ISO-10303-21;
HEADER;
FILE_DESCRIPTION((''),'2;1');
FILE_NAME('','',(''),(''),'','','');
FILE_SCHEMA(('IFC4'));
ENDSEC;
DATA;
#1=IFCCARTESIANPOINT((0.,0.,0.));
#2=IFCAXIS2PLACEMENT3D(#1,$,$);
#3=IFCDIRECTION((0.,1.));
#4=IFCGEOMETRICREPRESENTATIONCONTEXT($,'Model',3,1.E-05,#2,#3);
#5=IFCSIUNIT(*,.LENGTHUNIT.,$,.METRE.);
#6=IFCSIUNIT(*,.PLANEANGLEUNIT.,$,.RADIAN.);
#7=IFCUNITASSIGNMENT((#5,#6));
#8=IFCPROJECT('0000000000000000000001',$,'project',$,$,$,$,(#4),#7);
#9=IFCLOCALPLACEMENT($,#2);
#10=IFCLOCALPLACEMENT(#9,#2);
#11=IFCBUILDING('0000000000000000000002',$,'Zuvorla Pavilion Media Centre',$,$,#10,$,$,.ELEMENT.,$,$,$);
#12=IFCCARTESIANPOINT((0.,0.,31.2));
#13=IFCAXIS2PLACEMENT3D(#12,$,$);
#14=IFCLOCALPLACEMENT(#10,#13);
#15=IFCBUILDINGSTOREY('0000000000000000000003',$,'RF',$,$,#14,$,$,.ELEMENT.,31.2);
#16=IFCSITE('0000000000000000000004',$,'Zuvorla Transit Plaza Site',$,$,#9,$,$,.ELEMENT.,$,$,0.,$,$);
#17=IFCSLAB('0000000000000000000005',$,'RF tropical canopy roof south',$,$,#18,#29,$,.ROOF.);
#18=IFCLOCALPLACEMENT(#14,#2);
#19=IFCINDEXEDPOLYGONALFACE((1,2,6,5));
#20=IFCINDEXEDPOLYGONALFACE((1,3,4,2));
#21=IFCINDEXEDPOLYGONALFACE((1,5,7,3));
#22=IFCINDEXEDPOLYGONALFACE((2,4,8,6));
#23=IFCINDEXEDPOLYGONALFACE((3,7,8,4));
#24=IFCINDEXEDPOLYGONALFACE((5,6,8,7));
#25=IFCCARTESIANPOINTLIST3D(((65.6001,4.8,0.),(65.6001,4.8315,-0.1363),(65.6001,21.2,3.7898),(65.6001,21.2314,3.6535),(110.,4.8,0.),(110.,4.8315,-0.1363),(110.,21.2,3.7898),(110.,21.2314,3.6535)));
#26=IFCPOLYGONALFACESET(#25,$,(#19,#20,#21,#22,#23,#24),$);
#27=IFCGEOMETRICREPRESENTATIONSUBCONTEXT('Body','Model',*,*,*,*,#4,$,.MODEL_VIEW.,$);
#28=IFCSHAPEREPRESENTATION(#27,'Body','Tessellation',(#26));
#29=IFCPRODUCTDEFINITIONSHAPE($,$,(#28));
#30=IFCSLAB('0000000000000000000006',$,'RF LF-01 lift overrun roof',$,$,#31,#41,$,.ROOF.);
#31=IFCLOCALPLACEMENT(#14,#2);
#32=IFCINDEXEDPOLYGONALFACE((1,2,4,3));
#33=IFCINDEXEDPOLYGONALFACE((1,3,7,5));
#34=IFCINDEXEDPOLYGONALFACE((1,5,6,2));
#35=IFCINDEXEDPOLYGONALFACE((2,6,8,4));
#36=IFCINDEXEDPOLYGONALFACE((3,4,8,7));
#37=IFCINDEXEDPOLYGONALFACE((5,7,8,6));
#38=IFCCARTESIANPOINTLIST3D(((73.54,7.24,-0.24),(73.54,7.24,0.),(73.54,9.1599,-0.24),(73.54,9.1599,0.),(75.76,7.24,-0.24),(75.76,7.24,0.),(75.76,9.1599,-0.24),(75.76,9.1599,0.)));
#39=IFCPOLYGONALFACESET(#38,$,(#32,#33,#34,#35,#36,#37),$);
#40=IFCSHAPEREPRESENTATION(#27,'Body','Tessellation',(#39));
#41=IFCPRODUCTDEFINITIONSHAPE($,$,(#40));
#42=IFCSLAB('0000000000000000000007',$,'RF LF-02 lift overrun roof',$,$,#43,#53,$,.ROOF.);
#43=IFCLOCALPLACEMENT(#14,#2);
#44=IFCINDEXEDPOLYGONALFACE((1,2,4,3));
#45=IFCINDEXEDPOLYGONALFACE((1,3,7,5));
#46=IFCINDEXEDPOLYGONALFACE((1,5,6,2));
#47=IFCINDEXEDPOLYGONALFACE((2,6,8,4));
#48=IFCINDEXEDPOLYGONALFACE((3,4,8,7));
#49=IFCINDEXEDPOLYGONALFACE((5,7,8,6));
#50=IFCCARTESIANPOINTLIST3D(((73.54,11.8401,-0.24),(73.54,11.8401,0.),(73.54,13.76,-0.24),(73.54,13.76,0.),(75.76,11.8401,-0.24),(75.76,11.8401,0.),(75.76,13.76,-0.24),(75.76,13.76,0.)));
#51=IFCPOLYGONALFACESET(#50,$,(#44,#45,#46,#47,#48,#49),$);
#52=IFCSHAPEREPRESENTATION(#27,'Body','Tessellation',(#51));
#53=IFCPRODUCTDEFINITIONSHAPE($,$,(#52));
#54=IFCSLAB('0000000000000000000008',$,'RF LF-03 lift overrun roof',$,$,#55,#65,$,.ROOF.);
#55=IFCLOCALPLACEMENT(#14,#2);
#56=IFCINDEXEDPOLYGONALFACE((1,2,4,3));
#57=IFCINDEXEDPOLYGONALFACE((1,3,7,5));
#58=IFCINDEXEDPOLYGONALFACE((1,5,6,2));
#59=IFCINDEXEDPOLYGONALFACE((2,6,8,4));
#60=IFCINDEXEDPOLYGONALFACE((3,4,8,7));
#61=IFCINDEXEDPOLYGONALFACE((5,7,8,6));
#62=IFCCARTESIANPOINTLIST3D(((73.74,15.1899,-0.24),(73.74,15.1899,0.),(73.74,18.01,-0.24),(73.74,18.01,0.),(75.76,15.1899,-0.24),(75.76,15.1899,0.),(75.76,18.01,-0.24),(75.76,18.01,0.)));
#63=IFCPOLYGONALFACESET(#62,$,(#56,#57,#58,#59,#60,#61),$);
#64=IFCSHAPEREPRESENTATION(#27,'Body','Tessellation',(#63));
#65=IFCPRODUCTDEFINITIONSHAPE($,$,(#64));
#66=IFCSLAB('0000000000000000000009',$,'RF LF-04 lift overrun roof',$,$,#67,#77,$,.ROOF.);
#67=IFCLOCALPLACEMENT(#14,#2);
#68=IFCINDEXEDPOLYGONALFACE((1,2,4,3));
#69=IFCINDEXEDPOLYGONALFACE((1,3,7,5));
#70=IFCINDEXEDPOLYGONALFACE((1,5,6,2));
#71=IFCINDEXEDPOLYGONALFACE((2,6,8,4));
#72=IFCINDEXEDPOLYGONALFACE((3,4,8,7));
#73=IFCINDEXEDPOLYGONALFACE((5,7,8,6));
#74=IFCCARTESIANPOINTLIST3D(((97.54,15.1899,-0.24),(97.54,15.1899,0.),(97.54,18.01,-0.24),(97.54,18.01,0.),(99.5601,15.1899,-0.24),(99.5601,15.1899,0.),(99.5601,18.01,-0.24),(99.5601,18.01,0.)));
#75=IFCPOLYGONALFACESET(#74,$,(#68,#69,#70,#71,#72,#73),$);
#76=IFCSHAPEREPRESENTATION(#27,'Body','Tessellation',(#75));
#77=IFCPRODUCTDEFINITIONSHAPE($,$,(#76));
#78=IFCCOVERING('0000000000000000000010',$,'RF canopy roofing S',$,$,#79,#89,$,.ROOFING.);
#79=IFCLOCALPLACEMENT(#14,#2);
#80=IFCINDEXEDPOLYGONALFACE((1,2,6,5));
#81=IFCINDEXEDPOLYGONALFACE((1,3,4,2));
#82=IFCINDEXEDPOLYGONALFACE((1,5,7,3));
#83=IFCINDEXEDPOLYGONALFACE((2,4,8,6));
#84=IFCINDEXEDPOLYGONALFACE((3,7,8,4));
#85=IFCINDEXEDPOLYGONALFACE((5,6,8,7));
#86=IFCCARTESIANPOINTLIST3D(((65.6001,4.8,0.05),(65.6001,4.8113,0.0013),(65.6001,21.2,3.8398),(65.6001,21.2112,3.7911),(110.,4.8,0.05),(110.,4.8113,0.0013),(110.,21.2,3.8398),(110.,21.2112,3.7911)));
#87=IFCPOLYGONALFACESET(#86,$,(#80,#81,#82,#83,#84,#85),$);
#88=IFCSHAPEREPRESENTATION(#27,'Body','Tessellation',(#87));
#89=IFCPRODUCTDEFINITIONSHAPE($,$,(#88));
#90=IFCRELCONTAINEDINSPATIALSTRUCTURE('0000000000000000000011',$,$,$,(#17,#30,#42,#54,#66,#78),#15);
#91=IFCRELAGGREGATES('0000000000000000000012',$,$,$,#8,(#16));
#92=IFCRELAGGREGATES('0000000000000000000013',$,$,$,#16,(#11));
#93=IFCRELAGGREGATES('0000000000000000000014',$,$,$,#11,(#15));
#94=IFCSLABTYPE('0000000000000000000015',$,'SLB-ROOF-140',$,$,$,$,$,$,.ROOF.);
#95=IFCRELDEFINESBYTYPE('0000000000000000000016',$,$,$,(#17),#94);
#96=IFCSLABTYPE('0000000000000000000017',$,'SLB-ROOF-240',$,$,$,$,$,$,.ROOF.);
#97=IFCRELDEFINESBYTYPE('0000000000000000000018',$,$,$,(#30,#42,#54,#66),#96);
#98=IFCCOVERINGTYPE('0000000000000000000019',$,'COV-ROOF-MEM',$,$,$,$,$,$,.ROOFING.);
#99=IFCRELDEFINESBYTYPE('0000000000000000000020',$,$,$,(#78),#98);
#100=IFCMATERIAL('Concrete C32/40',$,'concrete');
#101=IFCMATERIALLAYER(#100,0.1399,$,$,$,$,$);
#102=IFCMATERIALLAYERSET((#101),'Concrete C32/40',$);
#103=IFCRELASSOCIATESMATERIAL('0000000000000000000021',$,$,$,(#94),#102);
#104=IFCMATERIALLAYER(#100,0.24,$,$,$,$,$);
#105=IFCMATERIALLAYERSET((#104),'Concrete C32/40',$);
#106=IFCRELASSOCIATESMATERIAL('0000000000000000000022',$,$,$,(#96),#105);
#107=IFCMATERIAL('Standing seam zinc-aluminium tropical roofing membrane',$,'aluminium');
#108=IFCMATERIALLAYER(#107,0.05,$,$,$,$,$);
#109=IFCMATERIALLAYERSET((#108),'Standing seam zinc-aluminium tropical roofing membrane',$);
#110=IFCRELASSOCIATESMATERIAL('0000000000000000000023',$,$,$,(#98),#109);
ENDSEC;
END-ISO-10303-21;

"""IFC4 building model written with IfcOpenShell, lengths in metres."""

from ifc_helpers import new_model, si_unit, direction, frame, origin, place, context, subcontext, project, spatial, polyline, outline, extrude, material, layer, layer_set, type_object, element, save


model = new_model("IFC4")

# Units and contexts
model_context = context("Model", 3, precision=1e-05, world=origin(), true_north=direction((0.0, 1.0)))
body_context = subcontext(model_context, "Body", "Model", "MODEL_VIEW")
ifc_project = project(units=[si_unit("LENGTHUNIT", "METRE"), si_unit("PLANEANGLEUNIT", "RADIAN")], contexts=[model_context])

# Site, building, storey
site_placement = place(None, origin())
site = spatial("IfcSite", under=ifc_project, at=site_placement, Name="Zuvorla Transit Plaza Site", CompositionType="ELEMENT", RefElevation=0.0)
building_placement = place(site_placement, origin())
building = spatial("IfcBuilding", under=site, at=building_placement, Name="Zuvorla Pavilion Media Centre", CompositionType="ELEMENT")
storey_placement = place(building_placement, frame((0.0, 0.0, 31.2)))
storey = spatial("IfcBuildingStorey", under=building, at=storey_placement, Name="RF", CompositionType="ELEMENT", Elevation=31.2)

# Slabs
ifc_material_1 = material(Name="Concrete C32/40", Category="concrete")
ifc_layer_1 = layer(ifc_material_1, 0.1399)
ifc_layer_set_1 = layer_set([ifc_layer_1], Name="Concrete C32/40")
slab_type_1 = type_object("IfcSlabType", Name="SLB-ROOF-140", PredefinedType="ROOF", material=ifc_layer_set_1)
slab_1_placement = place(storey_placement, frame((65.6001, 4.8, 0.0), z_axis=(0.0, -0.225153, 0.974323), x_axis=(1.0, 0.0, 0.0)))
element("IfcSlab", 1, at=slab_1_placement, inside=storey, type_object=slab_type_1, Name="RF tropical canopy roof south", PredefinedType="ROOF", context=body_context, shape_type="SweptSolid", body=[
    extrude(outline(polyline([(0.0, 0.0), (44.3999, 0.0), (44.3999, 16.8321), (0.0, 16.8321), (0.0, 0.0)])), origin(), (0.0, 0.0, -1.0), 0.1399),
])
ifc_layer_2 = layer(ifc_material_1, 0.24)
ifc_layer_set_2 = layer_set([ifc_layer_2], Name="Concrete C32/40")
slab_type_2 = type_object("IfcSlabType", Name="SLB-ROOF-240", PredefinedType="ROOF", material=ifc_layer_set_2)
slab_2_placement = place(storey_placement, frame((0.0, 0.0, -0.24)))
element("IfcSlab", 2, at=slab_2_placement, inside=storey, type_object=slab_type_2, Name="RF LF-01 lift overrun roof", PredefinedType="ROOF", context=body_context, shape_type="SweptSolid", body=[
    extrude(outline(polyline([(73.54, 7.24), (75.76, 7.24), (75.76, 9.1599), (73.54, 9.1599), (73.54, 7.24)])), origin(), (0.0, 0.0, 1.0), 0.24),
])
slab_3_placement = place(storey_placement, frame((0.0, 0.0, -0.24)))
element("IfcSlab", 3, at=slab_3_placement, inside=storey, type_object=slab_type_2, Name="RF LF-02 lift overrun roof", PredefinedType="ROOF", context=body_context, shape_type="SweptSolid", body=[
    extrude(outline(polyline([(73.54, 11.8401), (75.76, 11.8401), (75.76, 13.76), (73.54, 13.76), (73.54, 11.8401)])), origin(), (0.0, 0.0, 1.0), 0.24),
])
slab_4_placement = place(storey_placement, frame((0.0, 0.0, -0.24)))
element("IfcSlab", 4, at=slab_4_placement, inside=storey, type_object=slab_type_2, Name="RF LF-03 lift overrun roof", PredefinedType="ROOF", context=body_context, shape_type="SweptSolid", body=[
    extrude(outline(polyline([(73.74, 15.1899), (75.76, 15.1899), (75.76, 18.01), (73.74, 18.01), (73.74, 15.1899)])), origin(), (0.0, 0.0, 1.0), 0.24),
])
slab_5_placement = place(storey_placement, frame((0.0, 0.0, -0.24)))
element("IfcSlab", 5, at=slab_5_placement, inside=storey, type_object=slab_type_2, Name="RF LF-04 lift overrun roof", PredefinedType="ROOF", context=body_context, shape_type="SweptSolid", body=[
    extrude(outline(polyline([(97.54, 15.1899), (99.5601, 15.1899), (99.5601, 18.01), (97.54, 18.01), (97.54, 15.1899)])), origin(), (0.0, 0.0, 1.0), 0.24),
])

# Covering
ifc_material_2 = material(Name="Standing seam zinc-aluminium tropical roofing membrane", Category="aluminium")
ifc_layer_3 = layer(ifc_material_2, 0.05)
ifc_layer_set_3 = layer_set([ifc_layer_3], Name="Standing seam zinc-aluminium tropical roofing membrane")
covering_type = type_object("IfcCoveringType", Name="COV-ROOF-MEM", PredefinedType="ROOFING", material=ifc_layer_set_3)
covering_placement = place(storey_placement, frame((65.6001, 4.8, 0.05), z_axis=(0.0, -0.225153, 0.974323), x_axis=(1.0, 0.0, 0.0)))
element("IfcCovering", 6, at=covering_placement, inside=storey, type_object=covering_type, Name="RF canopy roofing S", PredefinedType="ROOFING", context=body_context, shape_type="SweptSolid", body=[
    extrude(outline(polyline([(0.0, 0.0), (44.3999, 0.0), (44.3999, 16.8321), (0.0, 16.8321), (0.0, 0.0)])), origin(), (0.0, 0.0, -1.0), 0.05),
])

save(model, "model.ifc")
